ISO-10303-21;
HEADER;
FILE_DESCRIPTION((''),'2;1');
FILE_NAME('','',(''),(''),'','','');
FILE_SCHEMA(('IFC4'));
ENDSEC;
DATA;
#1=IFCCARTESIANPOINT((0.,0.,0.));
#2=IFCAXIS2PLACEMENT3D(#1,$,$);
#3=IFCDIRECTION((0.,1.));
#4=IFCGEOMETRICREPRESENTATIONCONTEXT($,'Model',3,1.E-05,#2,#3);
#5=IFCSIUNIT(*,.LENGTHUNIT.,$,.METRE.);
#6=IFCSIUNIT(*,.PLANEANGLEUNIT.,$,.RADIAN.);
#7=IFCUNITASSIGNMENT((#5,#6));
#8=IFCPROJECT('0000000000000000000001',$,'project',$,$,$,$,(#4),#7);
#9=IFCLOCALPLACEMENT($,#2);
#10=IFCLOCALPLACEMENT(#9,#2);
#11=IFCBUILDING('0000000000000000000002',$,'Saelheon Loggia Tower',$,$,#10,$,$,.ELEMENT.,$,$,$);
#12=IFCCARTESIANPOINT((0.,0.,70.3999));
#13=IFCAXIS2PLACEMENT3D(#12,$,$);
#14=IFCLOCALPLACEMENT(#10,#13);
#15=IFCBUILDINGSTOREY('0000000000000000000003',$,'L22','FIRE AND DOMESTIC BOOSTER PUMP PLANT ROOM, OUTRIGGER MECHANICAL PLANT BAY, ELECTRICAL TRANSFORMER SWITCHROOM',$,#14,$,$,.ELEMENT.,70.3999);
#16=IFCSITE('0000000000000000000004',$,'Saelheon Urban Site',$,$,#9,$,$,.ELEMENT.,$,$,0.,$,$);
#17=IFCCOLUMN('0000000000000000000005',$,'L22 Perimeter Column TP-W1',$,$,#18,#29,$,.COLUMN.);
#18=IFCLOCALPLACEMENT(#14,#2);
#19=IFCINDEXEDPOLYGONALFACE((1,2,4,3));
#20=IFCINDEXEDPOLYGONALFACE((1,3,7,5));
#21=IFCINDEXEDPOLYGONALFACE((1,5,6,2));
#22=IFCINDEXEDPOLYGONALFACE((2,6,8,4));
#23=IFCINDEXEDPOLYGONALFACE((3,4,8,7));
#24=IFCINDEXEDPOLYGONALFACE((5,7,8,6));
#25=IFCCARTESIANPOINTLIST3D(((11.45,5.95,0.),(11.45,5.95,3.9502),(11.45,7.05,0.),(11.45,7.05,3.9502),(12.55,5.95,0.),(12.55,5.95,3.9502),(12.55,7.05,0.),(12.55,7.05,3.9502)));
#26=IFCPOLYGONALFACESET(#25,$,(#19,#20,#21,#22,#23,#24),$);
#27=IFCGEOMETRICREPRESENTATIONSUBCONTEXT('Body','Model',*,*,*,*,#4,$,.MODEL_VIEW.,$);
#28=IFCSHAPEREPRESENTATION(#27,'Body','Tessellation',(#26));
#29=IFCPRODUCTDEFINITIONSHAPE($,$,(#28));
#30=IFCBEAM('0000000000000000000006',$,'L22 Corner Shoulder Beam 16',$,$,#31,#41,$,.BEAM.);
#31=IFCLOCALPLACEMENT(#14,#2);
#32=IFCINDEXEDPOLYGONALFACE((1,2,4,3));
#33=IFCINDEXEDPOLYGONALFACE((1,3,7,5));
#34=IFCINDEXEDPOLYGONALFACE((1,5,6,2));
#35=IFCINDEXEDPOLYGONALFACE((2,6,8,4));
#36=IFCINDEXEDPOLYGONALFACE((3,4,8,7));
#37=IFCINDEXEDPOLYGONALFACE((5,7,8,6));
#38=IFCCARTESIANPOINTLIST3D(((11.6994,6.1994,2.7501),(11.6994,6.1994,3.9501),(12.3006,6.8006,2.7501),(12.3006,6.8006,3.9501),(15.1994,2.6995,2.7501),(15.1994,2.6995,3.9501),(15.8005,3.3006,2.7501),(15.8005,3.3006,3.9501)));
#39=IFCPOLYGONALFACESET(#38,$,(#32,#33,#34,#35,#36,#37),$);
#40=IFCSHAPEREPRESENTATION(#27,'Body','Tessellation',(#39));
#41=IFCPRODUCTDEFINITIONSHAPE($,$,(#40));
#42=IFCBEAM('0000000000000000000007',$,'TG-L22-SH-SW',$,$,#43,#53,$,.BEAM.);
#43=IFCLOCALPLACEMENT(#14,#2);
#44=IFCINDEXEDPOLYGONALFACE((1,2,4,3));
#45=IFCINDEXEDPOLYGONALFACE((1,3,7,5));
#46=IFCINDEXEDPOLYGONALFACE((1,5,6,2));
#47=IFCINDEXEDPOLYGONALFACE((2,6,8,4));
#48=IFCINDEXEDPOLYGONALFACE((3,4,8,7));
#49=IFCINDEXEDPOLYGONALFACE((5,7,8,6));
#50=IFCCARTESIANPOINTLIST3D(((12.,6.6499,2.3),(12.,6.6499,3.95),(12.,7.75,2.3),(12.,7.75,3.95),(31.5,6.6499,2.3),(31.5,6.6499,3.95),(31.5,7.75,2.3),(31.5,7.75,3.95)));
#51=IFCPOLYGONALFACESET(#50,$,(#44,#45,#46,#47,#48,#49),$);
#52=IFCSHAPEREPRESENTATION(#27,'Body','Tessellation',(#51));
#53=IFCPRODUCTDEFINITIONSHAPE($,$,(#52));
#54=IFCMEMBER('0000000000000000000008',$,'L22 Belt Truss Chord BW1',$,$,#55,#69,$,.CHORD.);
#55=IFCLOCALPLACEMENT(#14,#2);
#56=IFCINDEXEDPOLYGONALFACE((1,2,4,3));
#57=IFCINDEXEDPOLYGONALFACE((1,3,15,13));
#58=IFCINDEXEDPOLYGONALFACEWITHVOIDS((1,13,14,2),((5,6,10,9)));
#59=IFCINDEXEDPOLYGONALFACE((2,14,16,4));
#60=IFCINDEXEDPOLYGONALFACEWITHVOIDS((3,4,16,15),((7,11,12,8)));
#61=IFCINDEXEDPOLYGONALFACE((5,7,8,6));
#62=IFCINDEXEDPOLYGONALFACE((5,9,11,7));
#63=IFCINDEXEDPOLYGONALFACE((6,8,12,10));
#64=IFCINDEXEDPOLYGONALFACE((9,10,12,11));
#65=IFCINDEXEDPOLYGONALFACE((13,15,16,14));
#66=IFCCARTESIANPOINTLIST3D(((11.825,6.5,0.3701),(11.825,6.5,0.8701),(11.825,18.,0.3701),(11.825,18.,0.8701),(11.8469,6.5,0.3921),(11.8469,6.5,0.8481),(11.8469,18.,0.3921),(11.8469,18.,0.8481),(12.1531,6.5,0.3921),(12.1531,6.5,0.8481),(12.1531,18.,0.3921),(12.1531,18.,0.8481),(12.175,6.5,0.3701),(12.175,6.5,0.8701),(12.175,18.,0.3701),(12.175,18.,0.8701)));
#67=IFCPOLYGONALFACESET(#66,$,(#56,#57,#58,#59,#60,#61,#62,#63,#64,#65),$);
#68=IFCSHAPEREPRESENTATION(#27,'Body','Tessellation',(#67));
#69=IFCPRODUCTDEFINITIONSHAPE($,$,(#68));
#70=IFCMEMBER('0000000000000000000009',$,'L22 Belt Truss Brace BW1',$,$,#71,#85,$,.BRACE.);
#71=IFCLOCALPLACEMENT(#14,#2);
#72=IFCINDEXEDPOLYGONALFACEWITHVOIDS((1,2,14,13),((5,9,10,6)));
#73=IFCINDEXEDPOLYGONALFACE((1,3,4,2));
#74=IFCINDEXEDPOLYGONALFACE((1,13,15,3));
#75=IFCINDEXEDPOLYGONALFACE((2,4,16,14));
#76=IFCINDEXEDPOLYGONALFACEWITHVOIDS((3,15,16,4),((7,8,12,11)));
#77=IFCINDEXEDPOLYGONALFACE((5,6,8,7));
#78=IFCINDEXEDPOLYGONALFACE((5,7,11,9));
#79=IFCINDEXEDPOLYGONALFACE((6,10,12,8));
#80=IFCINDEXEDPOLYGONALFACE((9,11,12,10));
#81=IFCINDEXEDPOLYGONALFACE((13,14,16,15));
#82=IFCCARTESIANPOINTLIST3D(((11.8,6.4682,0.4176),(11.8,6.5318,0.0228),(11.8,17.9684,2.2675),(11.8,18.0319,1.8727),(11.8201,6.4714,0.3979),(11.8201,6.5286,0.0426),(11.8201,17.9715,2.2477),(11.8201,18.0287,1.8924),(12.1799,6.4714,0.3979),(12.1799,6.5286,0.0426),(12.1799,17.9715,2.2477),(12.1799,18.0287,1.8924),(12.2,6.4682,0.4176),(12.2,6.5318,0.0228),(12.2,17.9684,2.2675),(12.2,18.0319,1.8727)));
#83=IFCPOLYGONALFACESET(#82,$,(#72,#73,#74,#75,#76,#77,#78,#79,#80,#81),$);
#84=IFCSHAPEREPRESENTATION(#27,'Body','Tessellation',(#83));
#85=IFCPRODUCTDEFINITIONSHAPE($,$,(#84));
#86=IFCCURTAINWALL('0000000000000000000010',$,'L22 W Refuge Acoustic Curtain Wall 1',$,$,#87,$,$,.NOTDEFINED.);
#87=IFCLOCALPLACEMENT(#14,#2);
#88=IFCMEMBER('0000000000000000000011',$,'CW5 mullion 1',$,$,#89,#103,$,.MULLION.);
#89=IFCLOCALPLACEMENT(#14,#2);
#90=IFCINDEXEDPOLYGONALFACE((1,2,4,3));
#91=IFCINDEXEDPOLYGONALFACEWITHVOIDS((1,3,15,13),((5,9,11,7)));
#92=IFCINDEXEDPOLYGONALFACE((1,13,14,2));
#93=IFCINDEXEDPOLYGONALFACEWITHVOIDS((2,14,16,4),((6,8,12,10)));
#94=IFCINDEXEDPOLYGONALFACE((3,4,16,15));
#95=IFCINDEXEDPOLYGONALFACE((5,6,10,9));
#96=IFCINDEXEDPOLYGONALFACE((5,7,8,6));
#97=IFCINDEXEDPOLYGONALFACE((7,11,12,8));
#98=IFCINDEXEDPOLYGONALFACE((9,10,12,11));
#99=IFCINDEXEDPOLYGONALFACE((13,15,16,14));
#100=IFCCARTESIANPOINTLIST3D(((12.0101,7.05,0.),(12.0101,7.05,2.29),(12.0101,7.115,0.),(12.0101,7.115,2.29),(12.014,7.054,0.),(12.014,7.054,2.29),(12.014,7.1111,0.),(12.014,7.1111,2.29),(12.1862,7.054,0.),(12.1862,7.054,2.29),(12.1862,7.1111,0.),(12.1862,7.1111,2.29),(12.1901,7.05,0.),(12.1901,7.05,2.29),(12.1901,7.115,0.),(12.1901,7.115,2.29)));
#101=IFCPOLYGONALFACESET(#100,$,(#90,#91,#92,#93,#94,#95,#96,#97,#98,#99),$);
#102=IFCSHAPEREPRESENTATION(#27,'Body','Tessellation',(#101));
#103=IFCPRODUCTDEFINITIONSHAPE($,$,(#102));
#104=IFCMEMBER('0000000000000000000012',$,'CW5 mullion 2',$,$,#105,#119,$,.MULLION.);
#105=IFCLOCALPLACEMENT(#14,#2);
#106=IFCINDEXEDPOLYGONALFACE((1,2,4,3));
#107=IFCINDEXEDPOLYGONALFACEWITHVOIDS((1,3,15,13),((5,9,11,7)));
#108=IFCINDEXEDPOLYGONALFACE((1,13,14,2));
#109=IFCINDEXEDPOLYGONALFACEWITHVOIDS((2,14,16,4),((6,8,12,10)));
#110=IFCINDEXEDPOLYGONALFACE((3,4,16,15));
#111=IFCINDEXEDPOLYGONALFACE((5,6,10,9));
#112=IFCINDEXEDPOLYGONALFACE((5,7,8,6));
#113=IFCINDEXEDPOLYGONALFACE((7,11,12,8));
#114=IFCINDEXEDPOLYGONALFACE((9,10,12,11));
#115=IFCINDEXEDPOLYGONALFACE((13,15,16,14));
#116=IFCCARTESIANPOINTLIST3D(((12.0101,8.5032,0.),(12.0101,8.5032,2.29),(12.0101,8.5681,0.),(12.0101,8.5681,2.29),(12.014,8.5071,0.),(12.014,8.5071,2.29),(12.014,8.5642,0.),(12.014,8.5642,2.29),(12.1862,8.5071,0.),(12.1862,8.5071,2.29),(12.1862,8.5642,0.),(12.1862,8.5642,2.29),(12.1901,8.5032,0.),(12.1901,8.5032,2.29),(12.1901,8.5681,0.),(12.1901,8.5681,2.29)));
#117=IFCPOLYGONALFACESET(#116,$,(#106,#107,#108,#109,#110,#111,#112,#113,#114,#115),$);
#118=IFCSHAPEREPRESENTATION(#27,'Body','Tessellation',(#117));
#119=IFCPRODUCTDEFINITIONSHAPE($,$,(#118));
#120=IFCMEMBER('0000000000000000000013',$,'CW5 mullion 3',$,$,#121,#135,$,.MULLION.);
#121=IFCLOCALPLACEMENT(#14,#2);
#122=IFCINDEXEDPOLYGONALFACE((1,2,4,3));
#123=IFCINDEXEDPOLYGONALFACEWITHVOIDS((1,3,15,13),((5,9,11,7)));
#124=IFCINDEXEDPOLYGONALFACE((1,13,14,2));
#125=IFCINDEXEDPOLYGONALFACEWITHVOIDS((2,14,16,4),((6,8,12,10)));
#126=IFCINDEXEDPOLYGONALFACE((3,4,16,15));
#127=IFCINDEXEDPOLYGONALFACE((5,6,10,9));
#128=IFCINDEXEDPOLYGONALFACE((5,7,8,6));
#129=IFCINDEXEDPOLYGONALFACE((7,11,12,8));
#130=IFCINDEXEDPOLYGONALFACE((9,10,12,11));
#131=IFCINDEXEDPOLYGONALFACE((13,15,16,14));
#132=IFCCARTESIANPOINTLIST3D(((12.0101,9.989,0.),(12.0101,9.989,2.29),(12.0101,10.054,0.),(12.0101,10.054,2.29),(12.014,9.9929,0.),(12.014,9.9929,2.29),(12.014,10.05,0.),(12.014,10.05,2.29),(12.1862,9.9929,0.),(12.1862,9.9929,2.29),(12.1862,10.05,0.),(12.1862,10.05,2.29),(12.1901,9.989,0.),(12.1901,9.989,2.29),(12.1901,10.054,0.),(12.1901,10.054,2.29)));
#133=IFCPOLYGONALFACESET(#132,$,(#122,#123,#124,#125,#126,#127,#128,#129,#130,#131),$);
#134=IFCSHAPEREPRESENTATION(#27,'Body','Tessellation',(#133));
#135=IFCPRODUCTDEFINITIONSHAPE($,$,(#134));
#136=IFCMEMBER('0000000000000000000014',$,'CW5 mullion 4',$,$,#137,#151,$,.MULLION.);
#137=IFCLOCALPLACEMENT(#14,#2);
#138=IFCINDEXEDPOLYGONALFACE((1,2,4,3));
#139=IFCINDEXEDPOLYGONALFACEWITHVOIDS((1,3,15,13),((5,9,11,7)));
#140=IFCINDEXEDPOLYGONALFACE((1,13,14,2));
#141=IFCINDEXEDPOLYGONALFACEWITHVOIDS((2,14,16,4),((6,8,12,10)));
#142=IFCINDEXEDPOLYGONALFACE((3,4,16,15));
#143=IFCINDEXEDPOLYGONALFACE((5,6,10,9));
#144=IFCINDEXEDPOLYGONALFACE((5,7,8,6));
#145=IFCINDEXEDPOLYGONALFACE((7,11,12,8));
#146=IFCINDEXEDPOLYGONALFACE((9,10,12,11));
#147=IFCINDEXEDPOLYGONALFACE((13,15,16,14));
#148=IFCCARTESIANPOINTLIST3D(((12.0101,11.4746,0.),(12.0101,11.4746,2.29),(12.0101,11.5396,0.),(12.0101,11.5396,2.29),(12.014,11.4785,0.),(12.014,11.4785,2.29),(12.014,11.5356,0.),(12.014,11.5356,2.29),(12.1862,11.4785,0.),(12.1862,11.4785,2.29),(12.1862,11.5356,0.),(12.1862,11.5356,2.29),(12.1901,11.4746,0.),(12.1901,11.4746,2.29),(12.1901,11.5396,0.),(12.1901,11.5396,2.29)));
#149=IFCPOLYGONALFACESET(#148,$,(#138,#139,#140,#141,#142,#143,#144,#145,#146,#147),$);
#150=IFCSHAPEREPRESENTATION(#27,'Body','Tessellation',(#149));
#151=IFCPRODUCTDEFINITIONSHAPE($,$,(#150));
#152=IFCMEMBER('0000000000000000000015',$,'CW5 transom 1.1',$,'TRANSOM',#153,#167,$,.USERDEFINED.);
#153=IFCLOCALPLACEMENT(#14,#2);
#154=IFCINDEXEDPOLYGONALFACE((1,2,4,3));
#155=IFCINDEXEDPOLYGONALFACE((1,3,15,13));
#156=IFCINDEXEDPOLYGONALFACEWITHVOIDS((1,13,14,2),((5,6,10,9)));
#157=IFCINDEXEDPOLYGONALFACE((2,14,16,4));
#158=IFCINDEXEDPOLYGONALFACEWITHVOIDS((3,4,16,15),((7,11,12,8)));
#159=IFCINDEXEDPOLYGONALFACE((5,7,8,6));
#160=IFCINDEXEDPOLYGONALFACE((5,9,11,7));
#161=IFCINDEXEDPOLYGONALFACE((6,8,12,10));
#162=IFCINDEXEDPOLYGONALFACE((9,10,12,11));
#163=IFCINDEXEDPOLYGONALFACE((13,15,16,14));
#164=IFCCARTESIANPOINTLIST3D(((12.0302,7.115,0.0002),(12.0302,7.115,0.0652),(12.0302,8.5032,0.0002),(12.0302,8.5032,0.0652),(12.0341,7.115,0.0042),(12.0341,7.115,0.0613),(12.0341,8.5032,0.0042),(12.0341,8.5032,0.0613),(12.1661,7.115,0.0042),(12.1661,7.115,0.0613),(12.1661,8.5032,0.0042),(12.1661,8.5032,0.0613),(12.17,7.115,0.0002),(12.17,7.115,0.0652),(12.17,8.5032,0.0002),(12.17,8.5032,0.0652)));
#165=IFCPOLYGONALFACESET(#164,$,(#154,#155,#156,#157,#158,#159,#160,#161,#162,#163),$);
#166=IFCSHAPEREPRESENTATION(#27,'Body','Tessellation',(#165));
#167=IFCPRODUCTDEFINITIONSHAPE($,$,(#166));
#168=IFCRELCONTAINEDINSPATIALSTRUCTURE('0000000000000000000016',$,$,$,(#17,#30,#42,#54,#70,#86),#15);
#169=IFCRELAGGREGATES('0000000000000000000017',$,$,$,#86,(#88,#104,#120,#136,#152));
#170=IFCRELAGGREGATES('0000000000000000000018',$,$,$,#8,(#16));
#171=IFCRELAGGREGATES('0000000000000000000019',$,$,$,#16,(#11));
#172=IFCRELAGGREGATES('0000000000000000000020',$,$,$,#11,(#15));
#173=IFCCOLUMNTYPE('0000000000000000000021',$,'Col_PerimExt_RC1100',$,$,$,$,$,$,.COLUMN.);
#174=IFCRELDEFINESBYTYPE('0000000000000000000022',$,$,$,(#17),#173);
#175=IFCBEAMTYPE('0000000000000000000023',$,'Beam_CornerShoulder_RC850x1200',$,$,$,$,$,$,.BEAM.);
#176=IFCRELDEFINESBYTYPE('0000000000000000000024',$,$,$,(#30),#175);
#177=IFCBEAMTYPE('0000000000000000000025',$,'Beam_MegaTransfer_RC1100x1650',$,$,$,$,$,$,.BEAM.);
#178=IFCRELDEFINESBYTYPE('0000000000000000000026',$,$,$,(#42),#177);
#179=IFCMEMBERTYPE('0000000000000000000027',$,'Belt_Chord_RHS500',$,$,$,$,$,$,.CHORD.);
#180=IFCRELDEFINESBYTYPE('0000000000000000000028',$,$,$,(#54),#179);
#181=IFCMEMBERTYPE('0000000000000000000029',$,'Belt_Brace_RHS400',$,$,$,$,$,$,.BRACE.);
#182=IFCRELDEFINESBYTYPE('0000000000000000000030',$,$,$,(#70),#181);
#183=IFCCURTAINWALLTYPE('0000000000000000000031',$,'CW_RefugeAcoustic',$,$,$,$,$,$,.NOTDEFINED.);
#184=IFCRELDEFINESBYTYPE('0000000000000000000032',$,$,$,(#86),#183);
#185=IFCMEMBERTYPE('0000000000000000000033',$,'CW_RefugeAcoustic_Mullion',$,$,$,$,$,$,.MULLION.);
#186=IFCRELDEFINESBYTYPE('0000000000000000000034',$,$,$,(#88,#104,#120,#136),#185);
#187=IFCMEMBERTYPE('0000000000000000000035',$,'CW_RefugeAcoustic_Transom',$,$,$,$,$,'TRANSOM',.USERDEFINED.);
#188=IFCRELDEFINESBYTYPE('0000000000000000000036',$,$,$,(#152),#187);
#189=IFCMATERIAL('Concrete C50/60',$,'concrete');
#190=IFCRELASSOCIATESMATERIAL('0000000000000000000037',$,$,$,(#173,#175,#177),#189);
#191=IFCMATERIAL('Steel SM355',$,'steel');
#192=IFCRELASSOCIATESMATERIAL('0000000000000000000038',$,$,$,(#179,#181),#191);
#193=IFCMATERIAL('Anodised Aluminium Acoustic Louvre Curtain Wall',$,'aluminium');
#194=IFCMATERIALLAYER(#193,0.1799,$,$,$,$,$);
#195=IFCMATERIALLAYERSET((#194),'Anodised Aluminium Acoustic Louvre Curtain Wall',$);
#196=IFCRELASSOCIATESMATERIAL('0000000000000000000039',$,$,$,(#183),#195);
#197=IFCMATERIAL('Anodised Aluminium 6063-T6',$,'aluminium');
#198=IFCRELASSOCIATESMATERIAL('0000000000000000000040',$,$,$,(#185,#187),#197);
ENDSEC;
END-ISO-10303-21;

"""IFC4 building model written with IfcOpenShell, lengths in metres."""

from ifc_helpers import new_model, si_unit, direction, frame, origin, origin_2d, place, context, subcontext, project, spatial, rectangle, hollow_rectangle, extrude, source, transform, mapped, material, layer, layer_set, material_profile, profile_set, type_object, element, aggregate, save


model = new_model("IFC4")

# Units and contexts
model_context = context("Model", 3, precision=1e-05, world=origin(), true_north=direction((0.0, 1.0)))
body_context = subcontext(model_context, "Body", "Model", "MODEL_VIEW")
ifc_project = project(units=[si_unit("LENGTHUNIT", "METRE"), si_unit("PLANEANGLEUNIT", "RADIAN")], contexts=[model_context])

# Site, building, storey
site_placement = place(None, origin())
site = spatial("IfcSite", under=ifc_project, at=site_placement, Name="Saelheon Urban Site", CompositionType="ELEMENT", RefElevation=0.0)
building_placement = place(site_placement, origin())
building = spatial("IfcBuilding", under=site, at=building_placement, Name="Saelheon Loggia Tower", CompositionType="ELEMENT")
storey_placement = place(building_placement, frame((0.0, 0.0, 70.3999)))
storey = spatial("IfcBuildingStorey", under=building, at=storey_placement, Name="L22", Description="FIRE AND DOMESTIC BOOSTER PUMP PLANT ROOM, OUTRIGGER MECHANICAL PLANT BAY, ELECTRICAL TRANSFORMER SWITCHROOM", CompositionType="ELEMENT", Elevation=70.3999)

# Column
ifc_material_1 = material(Name="Concrete C50/60", Category="concrete")
ifc_material_profile_1 = material_profile(ifc_material_1, rectangle(XDim=1.1001, YDim=1.1001, at=origin_2d()), Name="RC-1100x1100")
ifc_profile_set_1 = profile_set([ifc_material_profile_1], Name="Concrete C50/60")
column_type = type_object("IfcColumnType", Name="Col_PerimExt_RC1100", PredefinedType="COLUMN", material=ifc_profile_set_1)
shared_shape_1 = source(origin(), body_context, "Body", "SweptSolid", [
    extrude(rectangle(XDim=1.1001, YDim=1.1001, at=origin_2d()), origin(), (0.0, 0.0, 1.0), 3.9502),
])
column_placement = place(storey_placement, frame((12.0, 6.5, 0.0), z_axis=(0.0, 0.0, 1.0), x_axis=(1.0, 0.0, 0.0)))
element("IfcColumn", 1, at=column_placement, inside=storey, type_object=column_type, Name="L22 Perimeter Column TP-W1", PredefinedType="COLUMN", context=body_context, shape_type="MappedRepresentation", body=[
    mapped(shared_shape_1, transform((0.0, 0.0, 0.0), scale=1.0)),
])

# Beams
ifc_material_profile_2 = material_profile(ifc_material_1, rectangle(XDim=0.8501, YDim=1.2, at=origin_2d()), Name="RC-850x1200")
ifc_profile_set_2 = profile_set([ifc_material_profile_2], Name="Concrete C50/60")
beam_type_1 = type_object("IfcBeamType", Name="Beam_CornerShoulder_RC850x1200", PredefinedType="BEAM", material=ifc_profile_set_2)
shared_shape_2 = source(origin(), body_context, "Body", "SweptSolid", [
    extrude(rectangle(XDim=0.8501, YDim=1.2, at=origin_2d()), origin(), (0.0, 0.0, 1.0), 4.9497),
])
beam_1_placement = place(storey_placement, frame((12.0, 6.5, 3.3501), z_axis=(0.707107, -0.707107, 0.0), x_axis=(0.707107, 0.707107, 0.0)))
element("IfcBeam", 2, at=beam_1_placement, inside=storey, type_object=beam_type_1, Name="L22 Corner Shoulder Beam 16", PredefinedType="BEAM", context=body_context, shape_type="MappedRepresentation", body=[
    mapped(shared_shape_2, transform((0.0, 0.0, 0.0), scale=1.0)),
])
ifc_material_profile_3 = material_profile(ifc_material_1, rectangle(XDim=1.1001, YDim=1.6499, at=origin_2d()), Name="RC-1100x1650")
ifc_profile_set_3 = profile_set([ifc_material_profile_3], Name="Concrete C50/60")
beam_type_2 = type_object("IfcBeamType", Name="Beam_MegaTransfer_RC1100x1650", PredefinedType="BEAM", material=ifc_profile_set_3)
shared_shape_3 = source(origin(), body_context, "Body", "SweptSolid", [
    extrude(rectangle(XDim=1.1001, YDim=1.6499, at=origin_2d()), origin(), (0.0, 0.0, 1.0), 19.5),
])
beam_2_placement = place(storey_placement, frame((12.0, 7.2, 3.125), z_axis=(1.0, 0.0, 0.0), x_axis=(0.0, 1.0, 0.0)))
element("IfcBeam", 3, at=beam_2_placement, inside=storey, type_object=beam_type_2, Name="TG-L22-SH-SW", PredefinedType="BEAM", context=body_context, shape_type="MappedRepresentation", body=[
    mapped(shared_shape_3, transform((0.0, 0.0, 0.0), scale=1.0)),
])

# Members
ifc_material_2 = material(Name="Steel SM355", Category="steel")
ifc_material_profile_4 = material_profile(ifc_material_2, hollow_rectangle(XDim=0.3501, YDim=0.5, WallThickness=0.022, at=origin_2d()), Name="RHS-500x350x22")
ifc_profile_set_4 = profile_set([ifc_material_profile_4], Name="Steel SM355")
member_type_1 = type_object("IfcMemberType", Name="Belt_Chord_RHS500", PredefinedType="CHORD", material=ifc_profile_set_4)
shared_shape_4 = source(origin(), body_context, "Body", "SweptSolid", [
    extrude(hollow_rectangle(XDim=0.3501, YDim=0.5, WallThickness=0.022, at=origin_2d()), origin(), (0.0, 0.0, 1.0), 11.5),
])
member_1_placement = place(storey_placement, frame((12.0, 6.5, 0.6201), z_axis=(0.0, 1.0, 0.0), x_axis=(-1.0, 0.0, 0.0)))
element("IfcMember", 4, at=member_1_placement, inside=storey, type_object=member_type_1, Name="L22 Belt Truss Chord BW1", PredefinedType="CHORD", context=body_context, shape_type="MappedRepresentation", body=[
    mapped(shared_shape_4, transform((0.0, 0.0, 0.0), scale=1.0)),
])
ifc_material_profile_5 = material_profile(ifc_material_2, hollow_rectangle(XDim=0.3999, YDim=0.3999, WallThickness=0.02, at=origin_2d()), Name="RHS-400x400x20")
ifc_profile_set_5 = profile_set([ifc_material_profile_5], Name="Steel SM355")
member_type_2 = type_object("IfcMemberType", Name="Belt_Brace_RHS400", PredefinedType="BRACE", material=ifc_profile_set_5)
shared_shape_5 = source(origin(), body_context, "Body", "SweptSolid", [
    extrude(hollow_rectangle(XDim=0.3999, YDim=0.3999, WallThickness=0.02, at=origin_2d()), origin(), (0.0, 0.0, 1.0), 11.6479),
])
member_2_placement = place(storey_placement, frame((12.0, 6.5, 0.2202), z_axis=(0.0, 0.987308, 0.158815), x_axis=(-1.0, 0.0, 0.0)))
element("IfcMember", 5, at=member_2_placement, inside=storey, type_object=member_type_2, Name="L22 Belt Truss Brace BW1", PredefinedType="BRACE", context=body_context, shape_type="MappedRepresentation", body=[
    mapped(shared_shape_5, transform((0.0, 0.0, 0.0), scale=1.0)),
])

# Curtain wall, members
ifc_material_3 = material(Name="Anodised Aluminium Acoustic Louvre Curtain Wall", Category="aluminium")
ifc_layer_1 = layer(ifc_material_3, 0.1799)
ifc_layer_set_1 = layer_set([ifc_layer_1], Name="Anodised Aluminium Acoustic Louvre Curtain Wall")
curtain_wall_type = type_object("IfcCurtainWallType", Name="CW_RefugeAcoustic", PredefinedType="NOTDEFINED", material=ifc_layer_set_1)
curtain_wall_placement = place(storey_placement, origin())
curtain_wall = element("IfcCurtainWall", 6, at=curtain_wall_placement, inside=storey, type_object=curtain_wall_type, Name="L22 W Refuge Acoustic Curtain Wall 1", PredefinedType="NOTDEFINED")
ifc_material_4 = material(Name="Anodised Aluminium 6063-T6", Category="aluminium")
ifc_material_profile_6 = material_profile(ifc_material_4, hollow_rectangle(XDim=0.0649, YDim=0.1799, WallThickness=0.0039, at=origin_2d()), Name="RHS-180x65x4")
ifc_profile_set_6 = profile_set([ifc_material_profile_6], Name="Anodised Aluminium 6063-T6")
member_type_3 = type_object("IfcMemberType", Name="CW_RefugeAcoustic_Mullion", PredefinedType="MULLION", material=ifc_profile_set_6)
shared_shape_6 = source(origin(), body_context, "Body", "SweptSolid", [
    extrude(hollow_rectangle(XDim=0.0649, YDim=0.1799, WallThickness=0.0039, at=origin_2d()), origin(), (0.0, 0.0, 1.0), 2.29),
])
member_3_placement = place(storey_placement, frame((12.1001, 7.0825, 0.0), z_axis=(0.0, 0.0, 1.0), x_axis=(0.0, 1.0, 0.0)))
member_3 = element("IfcMember", 7, at=member_3_placement, type_object=member_type_3, Name="CW5 mullion 1", PredefinedType="MULLION", context=body_context, shape_type="MappedRepresentation", body=[
    mapped(shared_shape_6, transform((0.0, 0.0, 0.0), scale=1.0)),
])
member_4_placement = place(storey_placement, frame((12.1001, 8.5356, 0.0), z_axis=(0.0, 0.0, 1.0), x_axis=(0.0, 1.0, 0.0)))
member_4 = element("IfcMember", 8, at=member_4_placement, type_object=member_type_3, Name="CW5 mullion 2", PredefinedType="MULLION", context=body_context, shape_type="MappedRepresentation", body=[
    mapped(shared_shape_6, transform((0.0, 0.0, 0.0), scale=1.0)),
])
member_5_placement = place(storey_placement, frame((12.1001, 10.0215, 0.0), z_axis=(0.0, 0.0, 1.0), x_axis=(0.0, 1.0, 0.0)))
member_5 = element("IfcMember", 9, at=member_5_placement, type_object=member_type_3, Name="CW5 mullion 3", PredefinedType="MULLION", context=body_context, shape_type="MappedRepresentation", body=[
    mapped(shared_shape_6, transform((0.0, 0.0, 0.0), scale=1.0)),
])
member_6_placement = place(storey_placement, frame((12.1001, 11.5071, 0.0), z_axis=(0.0, 0.0, 1.0), x_axis=(0.0, 1.0, 0.0)))
member_6 = element("IfcMember", 10, at=member_6_placement, type_object=member_type_3, Name="CW5 mullion 4", PredefinedType="MULLION", context=body_context, shape_type="MappedRepresentation", body=[
    mapped(shared_shape_6, transform((0.0, 0.0, 0.0), scale=1.0)),
])
ifc_material_profile_7 = material_profile(ifc_material_4, hollow_rectangle(XDim=0.0649, YDim=0.1399, WallThickness=0.0039, at=origin_2d()), Name="RHS-140x65x4")
ifc_profile_set_7 = profile_set([ifc_material_profile_7], Name="Anodised Aluminium 6063-T6")
member_type_4 = type_object("IfcMemberType", Name="CW_RefugeAcoustic_Transom", ElementType="TRANSOM", PredefinedType="USERDEFINED", material=ifc_profile_set_7)
shared_shape_7 = source(origin(), body_context, "Body", "SweptSolid", [
    extrude(hollow_rectangle(XDim=0.0649, YDim=0.1399, WallThickness=0.0039, at=origin_2d()), origin(), (0.0, 0.0, 1.0), 1.3882),
])
member_7_placement = place(storey_placement, frame((12.1001, 7.115, 0.0327), z_axis=(0.0, 1.0, 0.0), x_axis=(0.0, 0.0, 1.0)))
member_7 = element("IfcMember", 11, at=member_7_placement, type_object=member_type_4, Name="CW5 transom 1.1", ObjectType="TRANSOM", PredefinedType="USERDEFINED", context=body_context, shape_type="MappedRepresentation", body=[
    mapped(shared_shape_7, transform((0.0, 0.0, 0.0), scale=1.0)),
])

aggregate(curtain_wall, [member_3, member_4, member_5, member_6, member_7])

save(model, "model.ifc")
